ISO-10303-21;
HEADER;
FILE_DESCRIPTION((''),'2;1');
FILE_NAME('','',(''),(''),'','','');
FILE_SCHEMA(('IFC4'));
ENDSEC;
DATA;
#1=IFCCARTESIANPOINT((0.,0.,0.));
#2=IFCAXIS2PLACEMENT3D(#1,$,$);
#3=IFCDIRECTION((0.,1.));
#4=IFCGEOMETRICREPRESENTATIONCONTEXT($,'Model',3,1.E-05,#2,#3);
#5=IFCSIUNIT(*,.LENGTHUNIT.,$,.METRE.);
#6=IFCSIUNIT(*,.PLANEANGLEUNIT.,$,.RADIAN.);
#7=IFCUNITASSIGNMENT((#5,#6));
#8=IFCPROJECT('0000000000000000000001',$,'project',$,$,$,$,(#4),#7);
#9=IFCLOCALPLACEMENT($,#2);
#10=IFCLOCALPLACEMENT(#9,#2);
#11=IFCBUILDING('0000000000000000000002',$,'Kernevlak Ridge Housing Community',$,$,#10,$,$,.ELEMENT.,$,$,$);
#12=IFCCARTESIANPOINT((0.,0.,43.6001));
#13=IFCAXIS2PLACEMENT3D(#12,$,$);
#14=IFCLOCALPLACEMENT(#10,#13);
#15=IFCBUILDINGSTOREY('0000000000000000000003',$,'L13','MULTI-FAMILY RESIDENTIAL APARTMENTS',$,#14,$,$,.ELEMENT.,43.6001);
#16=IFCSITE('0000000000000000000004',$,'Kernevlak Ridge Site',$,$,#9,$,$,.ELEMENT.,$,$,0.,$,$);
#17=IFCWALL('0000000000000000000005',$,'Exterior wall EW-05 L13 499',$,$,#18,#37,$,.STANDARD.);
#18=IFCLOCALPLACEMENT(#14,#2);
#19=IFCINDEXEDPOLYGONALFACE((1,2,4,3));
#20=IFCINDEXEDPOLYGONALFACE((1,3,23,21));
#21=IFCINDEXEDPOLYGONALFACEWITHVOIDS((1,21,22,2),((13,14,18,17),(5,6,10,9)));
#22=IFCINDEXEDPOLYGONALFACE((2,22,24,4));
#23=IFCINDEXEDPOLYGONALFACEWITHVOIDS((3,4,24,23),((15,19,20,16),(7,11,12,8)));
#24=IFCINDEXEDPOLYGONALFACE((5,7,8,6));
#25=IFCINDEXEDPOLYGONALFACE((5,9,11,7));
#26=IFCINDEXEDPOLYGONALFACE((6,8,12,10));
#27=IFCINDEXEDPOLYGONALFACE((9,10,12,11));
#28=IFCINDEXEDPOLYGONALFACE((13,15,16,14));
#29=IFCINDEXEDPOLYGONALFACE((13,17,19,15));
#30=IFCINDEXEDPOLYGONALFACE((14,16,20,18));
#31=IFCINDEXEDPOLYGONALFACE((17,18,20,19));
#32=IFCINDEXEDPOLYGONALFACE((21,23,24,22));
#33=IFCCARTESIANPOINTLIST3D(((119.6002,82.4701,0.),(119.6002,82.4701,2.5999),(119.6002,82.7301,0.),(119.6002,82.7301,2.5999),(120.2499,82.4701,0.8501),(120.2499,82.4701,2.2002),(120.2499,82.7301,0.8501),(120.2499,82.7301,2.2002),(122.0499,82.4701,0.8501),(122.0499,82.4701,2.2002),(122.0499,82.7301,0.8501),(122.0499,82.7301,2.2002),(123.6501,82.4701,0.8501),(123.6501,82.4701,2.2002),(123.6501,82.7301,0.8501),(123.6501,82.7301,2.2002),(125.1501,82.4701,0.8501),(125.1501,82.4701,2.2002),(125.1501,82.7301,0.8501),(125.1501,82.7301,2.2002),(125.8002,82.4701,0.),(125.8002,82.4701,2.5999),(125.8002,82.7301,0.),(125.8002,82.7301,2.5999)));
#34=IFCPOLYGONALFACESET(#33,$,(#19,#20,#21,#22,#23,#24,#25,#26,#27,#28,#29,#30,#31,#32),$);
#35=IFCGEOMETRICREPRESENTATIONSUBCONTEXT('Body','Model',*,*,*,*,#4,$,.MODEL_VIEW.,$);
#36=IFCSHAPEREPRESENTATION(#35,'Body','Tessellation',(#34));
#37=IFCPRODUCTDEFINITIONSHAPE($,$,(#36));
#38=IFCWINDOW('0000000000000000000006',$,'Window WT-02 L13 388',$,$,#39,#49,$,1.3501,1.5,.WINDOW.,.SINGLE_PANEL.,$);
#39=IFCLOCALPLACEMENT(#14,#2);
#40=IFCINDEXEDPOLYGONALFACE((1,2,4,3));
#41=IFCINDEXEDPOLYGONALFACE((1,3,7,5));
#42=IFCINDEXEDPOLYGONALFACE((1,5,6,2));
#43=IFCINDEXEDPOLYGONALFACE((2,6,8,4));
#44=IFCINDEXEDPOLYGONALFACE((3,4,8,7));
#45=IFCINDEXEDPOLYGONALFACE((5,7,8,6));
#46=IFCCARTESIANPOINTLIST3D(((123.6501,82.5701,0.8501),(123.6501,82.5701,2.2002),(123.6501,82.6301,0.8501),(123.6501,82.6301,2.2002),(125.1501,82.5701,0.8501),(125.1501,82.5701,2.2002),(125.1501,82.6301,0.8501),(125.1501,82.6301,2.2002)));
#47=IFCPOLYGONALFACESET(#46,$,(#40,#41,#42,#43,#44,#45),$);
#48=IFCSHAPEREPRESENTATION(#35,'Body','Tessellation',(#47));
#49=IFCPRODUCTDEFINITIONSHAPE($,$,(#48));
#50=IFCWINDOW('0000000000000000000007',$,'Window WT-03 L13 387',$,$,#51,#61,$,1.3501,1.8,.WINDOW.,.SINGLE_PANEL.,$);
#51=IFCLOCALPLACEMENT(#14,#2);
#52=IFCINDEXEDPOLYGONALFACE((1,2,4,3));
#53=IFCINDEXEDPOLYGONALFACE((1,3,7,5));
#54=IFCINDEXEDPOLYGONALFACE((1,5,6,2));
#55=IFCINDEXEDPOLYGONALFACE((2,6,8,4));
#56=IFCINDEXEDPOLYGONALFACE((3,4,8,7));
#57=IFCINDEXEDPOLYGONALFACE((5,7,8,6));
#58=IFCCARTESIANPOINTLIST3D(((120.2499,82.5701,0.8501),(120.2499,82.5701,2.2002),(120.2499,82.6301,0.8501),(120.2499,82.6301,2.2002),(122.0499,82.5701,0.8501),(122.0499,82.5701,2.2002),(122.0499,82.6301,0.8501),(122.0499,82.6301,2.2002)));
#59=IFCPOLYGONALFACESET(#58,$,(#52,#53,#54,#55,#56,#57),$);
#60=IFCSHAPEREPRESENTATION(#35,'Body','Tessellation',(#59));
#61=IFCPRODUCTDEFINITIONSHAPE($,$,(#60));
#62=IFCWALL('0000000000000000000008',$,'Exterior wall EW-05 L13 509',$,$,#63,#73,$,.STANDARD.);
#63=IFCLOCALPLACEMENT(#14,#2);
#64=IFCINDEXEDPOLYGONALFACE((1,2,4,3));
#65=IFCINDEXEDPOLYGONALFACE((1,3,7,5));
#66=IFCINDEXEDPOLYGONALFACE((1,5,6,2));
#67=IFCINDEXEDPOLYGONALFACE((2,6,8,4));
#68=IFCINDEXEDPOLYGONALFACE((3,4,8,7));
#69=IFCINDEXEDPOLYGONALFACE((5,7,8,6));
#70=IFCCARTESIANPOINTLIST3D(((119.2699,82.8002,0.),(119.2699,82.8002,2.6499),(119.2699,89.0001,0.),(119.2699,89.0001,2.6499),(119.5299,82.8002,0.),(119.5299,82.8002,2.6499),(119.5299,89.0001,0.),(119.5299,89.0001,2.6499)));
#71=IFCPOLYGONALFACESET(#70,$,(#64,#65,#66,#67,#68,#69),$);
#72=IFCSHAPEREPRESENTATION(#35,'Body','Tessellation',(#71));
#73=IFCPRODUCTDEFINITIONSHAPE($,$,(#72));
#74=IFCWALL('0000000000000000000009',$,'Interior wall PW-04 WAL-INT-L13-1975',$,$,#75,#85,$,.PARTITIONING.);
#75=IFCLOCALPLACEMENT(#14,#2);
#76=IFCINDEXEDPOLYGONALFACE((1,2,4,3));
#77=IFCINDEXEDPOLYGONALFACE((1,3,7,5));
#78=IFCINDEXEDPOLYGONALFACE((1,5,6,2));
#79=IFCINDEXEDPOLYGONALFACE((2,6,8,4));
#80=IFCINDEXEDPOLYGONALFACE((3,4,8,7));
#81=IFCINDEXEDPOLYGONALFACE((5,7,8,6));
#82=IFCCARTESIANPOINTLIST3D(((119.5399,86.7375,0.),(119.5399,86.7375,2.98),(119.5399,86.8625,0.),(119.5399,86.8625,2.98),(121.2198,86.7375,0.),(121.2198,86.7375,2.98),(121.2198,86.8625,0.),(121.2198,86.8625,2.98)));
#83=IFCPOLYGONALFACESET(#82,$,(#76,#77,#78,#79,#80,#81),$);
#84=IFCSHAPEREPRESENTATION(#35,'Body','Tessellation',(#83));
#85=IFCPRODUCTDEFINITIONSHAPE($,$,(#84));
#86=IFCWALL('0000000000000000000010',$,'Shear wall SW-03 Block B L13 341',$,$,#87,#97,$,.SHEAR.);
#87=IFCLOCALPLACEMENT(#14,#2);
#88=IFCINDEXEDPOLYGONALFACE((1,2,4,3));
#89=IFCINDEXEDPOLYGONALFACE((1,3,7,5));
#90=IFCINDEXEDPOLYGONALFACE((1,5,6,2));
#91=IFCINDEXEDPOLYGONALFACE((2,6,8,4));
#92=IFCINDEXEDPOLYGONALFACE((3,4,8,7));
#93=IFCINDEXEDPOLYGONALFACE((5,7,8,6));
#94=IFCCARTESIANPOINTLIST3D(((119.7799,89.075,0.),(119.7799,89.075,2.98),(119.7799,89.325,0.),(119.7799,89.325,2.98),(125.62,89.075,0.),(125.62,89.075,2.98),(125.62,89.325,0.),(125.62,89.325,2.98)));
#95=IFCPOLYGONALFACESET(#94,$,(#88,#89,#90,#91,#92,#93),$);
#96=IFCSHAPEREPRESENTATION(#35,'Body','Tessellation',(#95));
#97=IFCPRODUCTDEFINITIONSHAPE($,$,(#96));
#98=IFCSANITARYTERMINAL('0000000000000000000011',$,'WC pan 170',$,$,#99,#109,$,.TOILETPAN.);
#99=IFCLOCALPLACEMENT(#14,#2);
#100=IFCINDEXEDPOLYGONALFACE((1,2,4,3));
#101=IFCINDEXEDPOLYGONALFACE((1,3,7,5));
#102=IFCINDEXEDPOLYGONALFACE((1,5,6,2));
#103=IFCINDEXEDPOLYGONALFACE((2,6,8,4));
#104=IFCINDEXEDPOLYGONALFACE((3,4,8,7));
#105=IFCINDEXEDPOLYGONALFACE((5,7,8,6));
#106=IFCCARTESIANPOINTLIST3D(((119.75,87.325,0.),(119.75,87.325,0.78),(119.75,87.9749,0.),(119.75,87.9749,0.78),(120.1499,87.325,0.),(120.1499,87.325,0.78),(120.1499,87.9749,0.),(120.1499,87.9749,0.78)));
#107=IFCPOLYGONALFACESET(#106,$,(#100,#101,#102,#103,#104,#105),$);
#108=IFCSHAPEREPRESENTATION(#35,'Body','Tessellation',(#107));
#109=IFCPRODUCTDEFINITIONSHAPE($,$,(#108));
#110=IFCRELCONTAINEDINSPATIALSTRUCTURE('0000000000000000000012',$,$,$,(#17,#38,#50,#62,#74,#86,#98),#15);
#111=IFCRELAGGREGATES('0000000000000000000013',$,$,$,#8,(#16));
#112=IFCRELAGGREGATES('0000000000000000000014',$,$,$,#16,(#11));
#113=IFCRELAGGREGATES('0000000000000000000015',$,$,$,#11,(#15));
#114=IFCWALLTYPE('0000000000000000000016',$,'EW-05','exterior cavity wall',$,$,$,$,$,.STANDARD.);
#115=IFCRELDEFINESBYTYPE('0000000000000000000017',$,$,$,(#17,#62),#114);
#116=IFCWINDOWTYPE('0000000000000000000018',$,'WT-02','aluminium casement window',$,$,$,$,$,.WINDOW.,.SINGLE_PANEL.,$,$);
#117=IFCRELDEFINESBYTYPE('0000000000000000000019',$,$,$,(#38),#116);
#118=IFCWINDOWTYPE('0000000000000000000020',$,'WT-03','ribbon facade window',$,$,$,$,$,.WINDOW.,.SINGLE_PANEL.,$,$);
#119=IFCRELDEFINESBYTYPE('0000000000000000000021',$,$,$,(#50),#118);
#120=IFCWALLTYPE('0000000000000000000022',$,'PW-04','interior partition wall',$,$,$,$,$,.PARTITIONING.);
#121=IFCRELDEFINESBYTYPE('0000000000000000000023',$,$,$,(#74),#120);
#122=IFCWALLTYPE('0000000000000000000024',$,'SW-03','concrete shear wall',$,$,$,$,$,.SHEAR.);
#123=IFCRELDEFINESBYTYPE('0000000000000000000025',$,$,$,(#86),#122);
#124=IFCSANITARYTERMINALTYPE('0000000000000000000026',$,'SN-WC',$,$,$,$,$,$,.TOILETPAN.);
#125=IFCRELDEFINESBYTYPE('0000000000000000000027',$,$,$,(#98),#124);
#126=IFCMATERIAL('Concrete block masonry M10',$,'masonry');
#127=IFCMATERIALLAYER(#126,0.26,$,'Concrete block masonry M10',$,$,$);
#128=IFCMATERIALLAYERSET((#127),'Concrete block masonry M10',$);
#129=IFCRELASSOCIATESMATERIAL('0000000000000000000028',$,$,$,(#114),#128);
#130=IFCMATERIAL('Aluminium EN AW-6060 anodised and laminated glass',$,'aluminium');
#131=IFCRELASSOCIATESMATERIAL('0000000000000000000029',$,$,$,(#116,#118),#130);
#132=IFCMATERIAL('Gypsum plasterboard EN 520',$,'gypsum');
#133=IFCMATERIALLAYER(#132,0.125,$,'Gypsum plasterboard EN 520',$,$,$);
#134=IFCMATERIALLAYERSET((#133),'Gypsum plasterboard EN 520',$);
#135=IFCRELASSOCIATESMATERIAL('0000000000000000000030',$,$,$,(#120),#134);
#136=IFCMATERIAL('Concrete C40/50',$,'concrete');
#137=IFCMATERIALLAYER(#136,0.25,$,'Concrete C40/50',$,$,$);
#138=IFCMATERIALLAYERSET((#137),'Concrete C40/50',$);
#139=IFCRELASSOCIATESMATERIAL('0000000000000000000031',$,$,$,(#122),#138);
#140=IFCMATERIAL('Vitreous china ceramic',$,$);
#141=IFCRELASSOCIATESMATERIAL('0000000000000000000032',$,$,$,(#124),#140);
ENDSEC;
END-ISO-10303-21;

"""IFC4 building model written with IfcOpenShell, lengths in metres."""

from ifc_helpers import new_model, si_unit, direction, frame, frame_2d, origin, origin_2d, place, context, subcontext, project, spatial, rectangle, extrude, material, layer, layer_set, type_object, element, fill, save


model = new_model("IFC4")

# Units and contexts
model_context = context("Model", 3, precision=1e-05, world=origin(), true_north=direction((0.0, 1.0)))
body_context = subcontext(model_context, "Body", "Model", "MODEL_VIEW")
ifc_project = project(units=[si_unit("LENGTHUNIT", "METRE"), si_unit("PLANEANGLEUNIT", "RADIAN")], contexts=[model_context])

# Site, building, storey
site_placement = place(None, origin())
site = spatial("IfcSite", under=ifc_project, at=site_placement, Name="Kernevlak Ridge Site", CompositionType="ELEMENT", RefElevation=0.0)
building_placement = place(site_placement, origin())
building = spatial("IfcBuilding", under=site, at=building_placement, Name="Kernevlak Ridge Housing Community", CompositionType="ELEMENT")
storey_placement = place(building_placement, frame((0.0, 0.0, 43.6001)))
storey = spatial("IfcBuildingStorey", under=building, at=storey_placement, Name="L13", Description="MULTI-FAMILY RESIDENTIAL APARTMENTS", CompositionType="ELEMENT", Elevation=43.6001)

# Shared definitions
ifc_material_1 = material(Name="Aluminium EN AW-6060 anodised and laminated glass", Category="aluminium")

# Shared definitions
ifc_material_2 = material(Name="Concrete block masonry M10", Category="masonry")
ifc_layer_1 = layer(ifc_material_2, 0.26, Name="Concrete block masonry M10")
ifc_layer_set_1 = layer_set([ifc_layer_1], Name="Concrete block masonry M10")
wall_type_1 = type_object("IfcWallType", Name="EW-05", Description="exterior cavity wall", PredefinedType="STANDARD", material=ifc_layer_set_1)

# Wall, openings, windows
wall_1_placement = place(storey_placement, frame((119.6001, 82.6001, 0.0), z_axis=(0.0, 0.0, 1.0), x_axis=(1.0, 0.0, 0.0)))
wall_1 = element("IfcWall", 1, at=wall_1_placement, inside=storey, type_object=wall_type_1, Name="Exterior wall EW-05 L13 499", PredefinedType="STANDARD", context=body_context, shape_type="SweptSolid", body=[
    extrude(rectangle(XDim=6.2, YDim=0.26, at=frame_2d((3.1001, 0.0))), origin(), (0.0, 0.0, 1.0), 2.5999),
])
opening_1_placement = place(wall_1_placement, frame((0.6499, 0.0, 0.8501)))
opening_1 = element("IfcOpeningElement", 2, at=opening_1_placement, cuts=wall_1, PredefinedType="OPENING", context=body_context, shape_type="SweptSolid", body=[
    extrude(rectangle(XDim=1.8, YDim=1.3501, at=frame_2d((0.8999, 0.675))), frame((0.0, 0.1399, 0.0), z_axis=(0.0, -1.0, 0.0), x_axis=(1.0, 0.0, 0.0)), (0.0, 0.0, 1.0), 0.28),
])
opening_2_placement = place(wall_1_placement, frame((4.05, 0.0, 0.8501)))
opening_2 = element("IfcOpeningElement", 3, at=opening_2_placement, cuts=wall_1, PredefinedType="OPENING", context=body_context, shape_type="SweptSolid", body=[
    extrude(rectangle(XDim=1.5, YDim=1.3501, at=frame_2d((0.75, 0.675))), frame((0.0, 0.1399, 0.0), z_axis=(0.0, -1.0, 0.0), x_axis=(1.0, 0.0, 0.0)), (0.0, 0.0, 1.0), 0.28),
])
window_type_1 = type_object("IfcWindowType", Name="WT-02", Description="aluminium casement window", PartitioningType="SINGLE_PANEL", PredefinedType="WINDOW", material=ifc_material_1)
window_1_placement = place(opening_2_placement, origin())
window_1 = element("IfcWindow", 4, at=window_1_placement, inside=storey, type_object=window_type_1, Name="Window WT-02 L13 388", OverallHeight=1.3501, OverallWidth=1.5, PartitioningType="SINGLE_PANEL", PredefinedType="WINDOW", context=body_context, shape_type="SweptSolid", body=[
    extrude(rectangle(XDim=1.5, YDim=1.3501, at=frame_2d((0.75, 0.675))), frame((0.0, 0.03, 0.0), z_axis=(0.0, -1.0, 0.0), x_axis=(1.0, 0.0, 0.0)), (0.0, 0.0, 1.0), 0.0601),
])
fill(opening_2, window_1)
window_type_2 = type_object("IfcWindowType", Name="WT-03", Description="ribbon facade window", PartitioningType="SINGLE_PANEL", PredefinedType="WINDOW", material=ifc_material_1)
window_2_placement = place(opening_1_placement, origin())
window_2 = element("IfcWindow", 5, at=window_2_placement, inside=storey, type_object=window_type_2, Name="Window WT-03 L13 387", OverallHeight=1.3501, OverallWidth=1.8, PartitioningType="SINGLE_PANEL", PredefinedType="WINDOW", context=body_context, shape_type="SweptSolid", body=[
    extrude(rectangle(XDim=1.8, YDim=1.3501, at=frame_2d((0.8999, 0.675))), frame((0.0, 0.03, 0.0), z_axis=(0.0, -1.0, 0.0), x_axis=(1.0, 0.0, 0.0)), (0.0, 0.0, 1.0), 0.0601),
])
fill(opening_1, window_2)

# Walls
wall_2_placement = place(storey_placement, frame((119.3999, 82.8, 0.0), z_axis=(0.0, 0.0, 1.0), x_axis=(0.0, 1.0, 0.0)))
element("IfcWall", 6, at=wall_2_placement, inside=storey, type_object=wall_type_1, Name="Exterior wall EW-05 L13 509", PredefinedType="STANDARD", context=body_context, shape_type="SweptSolid", body=[
    extrude(rectangle(XDim=6.2, YDim=0.26, at=frame_2d((3.1001, 0.0))), origin(), (0.0, 0.0, 1.0), 2.6499),
])
ifc_material_3 = material(Name="Gypsum plasterboard EN 520", Category="gypsum")
ifc_layer_2 = layer(ifc_material_3, 0.125, Name="Gypsum plasterboard EN 520")
ifc_layer_set_2 = layer_set([ifc_layer_2], Name="Gypsum plasterboard EN 520")
wall_type_2 = type_object("IfcWallType", Name="PW-04", Description="interior partition wall", PredefinedType="PARTITIONING", material=ifc_layer_set_2)
wall_3_placement = place(storey_placement, frame((119.54, 86.8, 0.0), z_axis=(0.0, 0.0, 1.0), x_axis=(1.0, 0.0, 0.0)))
element("IfcWall", 7, at=wall_3_placement, inside=storey, type_object=wall_type_2, Name="Interior wall PW-04 WAL-INT-L13-1975", PredefinedType="PARTITIONING", context=body_context, shape_type="SweptSolid", body=[
    extrude(rectangle(XDim=1.6799, YDim=0.125, at=frame_2d((0.8398, 0.0))), origin(), (0.0, 0.0, 1.0), 2.98),
])
ifc_material_4 = material(Name="Concrete C40/50", Category="concrete")
ifc_layer_3 = layer(ifc_material_4, 0.25, Name="Concrete C40/50")
ifc_layer_set_3 = layer_set([ifc_layer_3], Name="Concrete C40/50")
wall_type_3 = type_object("IfcWallType", Name="SW-03", Description="concrete shear wall", PredefinedType="SHEAR", material=ifc_layer_set_3)
wall_4_placement = place(storey_placement, frame((119.78, 89.2, 0.0), z_axis=(0.0, 0.0, 1.0), x_axis=(1.0, 0.0, 0.0)))
element("IfcWall", 8, at=wall_4_placement, inside=storey, type_object=wall_type_3, Name="Shear wall SW-03 Block B L13 341", PredefinedType="SHEAR", context=body_context, shape_type="SweptSolid", body=[
    extrude(rectangle(XDim=5.8401, YDim=0.25, at=frame_2d((2.9199, 0.0))), origin(), (0.0, 0.0, 1.0), 2.98),
])

# Sanitary terminal
ifc_material_5 = material(Name="Vitreous china ceramic")
sanitary_terminal_type = type_object("IfcSanitaryTerminalType", Name="SN-WC", PredefinedType="TOILETPAN", material=ifc_material_5)
sanitary_terminal_placement = place(storey_placement, frame((119.95, 87.6499, 0.0), z_axis=(0.0, 0.0, 1.0), x_axis=(1.0, 0.0, 0.0)))
element("IfcSanitaryTerminal", 9, at=sanitary_terminal_placement, inside=storey, type_object=sanitary_terminal_type, Name="WC pan 170", PredefinedType="TOILETPAN", context=body_context, shape_type="SweptSolid", body=[
    extrude(rectangle(XDim=0.3999, YDim=0.6499, at=origin_2d()), origin(), (0.0, 0.0, 1.0), 0.78),
])

save(model, "model.ifc")
